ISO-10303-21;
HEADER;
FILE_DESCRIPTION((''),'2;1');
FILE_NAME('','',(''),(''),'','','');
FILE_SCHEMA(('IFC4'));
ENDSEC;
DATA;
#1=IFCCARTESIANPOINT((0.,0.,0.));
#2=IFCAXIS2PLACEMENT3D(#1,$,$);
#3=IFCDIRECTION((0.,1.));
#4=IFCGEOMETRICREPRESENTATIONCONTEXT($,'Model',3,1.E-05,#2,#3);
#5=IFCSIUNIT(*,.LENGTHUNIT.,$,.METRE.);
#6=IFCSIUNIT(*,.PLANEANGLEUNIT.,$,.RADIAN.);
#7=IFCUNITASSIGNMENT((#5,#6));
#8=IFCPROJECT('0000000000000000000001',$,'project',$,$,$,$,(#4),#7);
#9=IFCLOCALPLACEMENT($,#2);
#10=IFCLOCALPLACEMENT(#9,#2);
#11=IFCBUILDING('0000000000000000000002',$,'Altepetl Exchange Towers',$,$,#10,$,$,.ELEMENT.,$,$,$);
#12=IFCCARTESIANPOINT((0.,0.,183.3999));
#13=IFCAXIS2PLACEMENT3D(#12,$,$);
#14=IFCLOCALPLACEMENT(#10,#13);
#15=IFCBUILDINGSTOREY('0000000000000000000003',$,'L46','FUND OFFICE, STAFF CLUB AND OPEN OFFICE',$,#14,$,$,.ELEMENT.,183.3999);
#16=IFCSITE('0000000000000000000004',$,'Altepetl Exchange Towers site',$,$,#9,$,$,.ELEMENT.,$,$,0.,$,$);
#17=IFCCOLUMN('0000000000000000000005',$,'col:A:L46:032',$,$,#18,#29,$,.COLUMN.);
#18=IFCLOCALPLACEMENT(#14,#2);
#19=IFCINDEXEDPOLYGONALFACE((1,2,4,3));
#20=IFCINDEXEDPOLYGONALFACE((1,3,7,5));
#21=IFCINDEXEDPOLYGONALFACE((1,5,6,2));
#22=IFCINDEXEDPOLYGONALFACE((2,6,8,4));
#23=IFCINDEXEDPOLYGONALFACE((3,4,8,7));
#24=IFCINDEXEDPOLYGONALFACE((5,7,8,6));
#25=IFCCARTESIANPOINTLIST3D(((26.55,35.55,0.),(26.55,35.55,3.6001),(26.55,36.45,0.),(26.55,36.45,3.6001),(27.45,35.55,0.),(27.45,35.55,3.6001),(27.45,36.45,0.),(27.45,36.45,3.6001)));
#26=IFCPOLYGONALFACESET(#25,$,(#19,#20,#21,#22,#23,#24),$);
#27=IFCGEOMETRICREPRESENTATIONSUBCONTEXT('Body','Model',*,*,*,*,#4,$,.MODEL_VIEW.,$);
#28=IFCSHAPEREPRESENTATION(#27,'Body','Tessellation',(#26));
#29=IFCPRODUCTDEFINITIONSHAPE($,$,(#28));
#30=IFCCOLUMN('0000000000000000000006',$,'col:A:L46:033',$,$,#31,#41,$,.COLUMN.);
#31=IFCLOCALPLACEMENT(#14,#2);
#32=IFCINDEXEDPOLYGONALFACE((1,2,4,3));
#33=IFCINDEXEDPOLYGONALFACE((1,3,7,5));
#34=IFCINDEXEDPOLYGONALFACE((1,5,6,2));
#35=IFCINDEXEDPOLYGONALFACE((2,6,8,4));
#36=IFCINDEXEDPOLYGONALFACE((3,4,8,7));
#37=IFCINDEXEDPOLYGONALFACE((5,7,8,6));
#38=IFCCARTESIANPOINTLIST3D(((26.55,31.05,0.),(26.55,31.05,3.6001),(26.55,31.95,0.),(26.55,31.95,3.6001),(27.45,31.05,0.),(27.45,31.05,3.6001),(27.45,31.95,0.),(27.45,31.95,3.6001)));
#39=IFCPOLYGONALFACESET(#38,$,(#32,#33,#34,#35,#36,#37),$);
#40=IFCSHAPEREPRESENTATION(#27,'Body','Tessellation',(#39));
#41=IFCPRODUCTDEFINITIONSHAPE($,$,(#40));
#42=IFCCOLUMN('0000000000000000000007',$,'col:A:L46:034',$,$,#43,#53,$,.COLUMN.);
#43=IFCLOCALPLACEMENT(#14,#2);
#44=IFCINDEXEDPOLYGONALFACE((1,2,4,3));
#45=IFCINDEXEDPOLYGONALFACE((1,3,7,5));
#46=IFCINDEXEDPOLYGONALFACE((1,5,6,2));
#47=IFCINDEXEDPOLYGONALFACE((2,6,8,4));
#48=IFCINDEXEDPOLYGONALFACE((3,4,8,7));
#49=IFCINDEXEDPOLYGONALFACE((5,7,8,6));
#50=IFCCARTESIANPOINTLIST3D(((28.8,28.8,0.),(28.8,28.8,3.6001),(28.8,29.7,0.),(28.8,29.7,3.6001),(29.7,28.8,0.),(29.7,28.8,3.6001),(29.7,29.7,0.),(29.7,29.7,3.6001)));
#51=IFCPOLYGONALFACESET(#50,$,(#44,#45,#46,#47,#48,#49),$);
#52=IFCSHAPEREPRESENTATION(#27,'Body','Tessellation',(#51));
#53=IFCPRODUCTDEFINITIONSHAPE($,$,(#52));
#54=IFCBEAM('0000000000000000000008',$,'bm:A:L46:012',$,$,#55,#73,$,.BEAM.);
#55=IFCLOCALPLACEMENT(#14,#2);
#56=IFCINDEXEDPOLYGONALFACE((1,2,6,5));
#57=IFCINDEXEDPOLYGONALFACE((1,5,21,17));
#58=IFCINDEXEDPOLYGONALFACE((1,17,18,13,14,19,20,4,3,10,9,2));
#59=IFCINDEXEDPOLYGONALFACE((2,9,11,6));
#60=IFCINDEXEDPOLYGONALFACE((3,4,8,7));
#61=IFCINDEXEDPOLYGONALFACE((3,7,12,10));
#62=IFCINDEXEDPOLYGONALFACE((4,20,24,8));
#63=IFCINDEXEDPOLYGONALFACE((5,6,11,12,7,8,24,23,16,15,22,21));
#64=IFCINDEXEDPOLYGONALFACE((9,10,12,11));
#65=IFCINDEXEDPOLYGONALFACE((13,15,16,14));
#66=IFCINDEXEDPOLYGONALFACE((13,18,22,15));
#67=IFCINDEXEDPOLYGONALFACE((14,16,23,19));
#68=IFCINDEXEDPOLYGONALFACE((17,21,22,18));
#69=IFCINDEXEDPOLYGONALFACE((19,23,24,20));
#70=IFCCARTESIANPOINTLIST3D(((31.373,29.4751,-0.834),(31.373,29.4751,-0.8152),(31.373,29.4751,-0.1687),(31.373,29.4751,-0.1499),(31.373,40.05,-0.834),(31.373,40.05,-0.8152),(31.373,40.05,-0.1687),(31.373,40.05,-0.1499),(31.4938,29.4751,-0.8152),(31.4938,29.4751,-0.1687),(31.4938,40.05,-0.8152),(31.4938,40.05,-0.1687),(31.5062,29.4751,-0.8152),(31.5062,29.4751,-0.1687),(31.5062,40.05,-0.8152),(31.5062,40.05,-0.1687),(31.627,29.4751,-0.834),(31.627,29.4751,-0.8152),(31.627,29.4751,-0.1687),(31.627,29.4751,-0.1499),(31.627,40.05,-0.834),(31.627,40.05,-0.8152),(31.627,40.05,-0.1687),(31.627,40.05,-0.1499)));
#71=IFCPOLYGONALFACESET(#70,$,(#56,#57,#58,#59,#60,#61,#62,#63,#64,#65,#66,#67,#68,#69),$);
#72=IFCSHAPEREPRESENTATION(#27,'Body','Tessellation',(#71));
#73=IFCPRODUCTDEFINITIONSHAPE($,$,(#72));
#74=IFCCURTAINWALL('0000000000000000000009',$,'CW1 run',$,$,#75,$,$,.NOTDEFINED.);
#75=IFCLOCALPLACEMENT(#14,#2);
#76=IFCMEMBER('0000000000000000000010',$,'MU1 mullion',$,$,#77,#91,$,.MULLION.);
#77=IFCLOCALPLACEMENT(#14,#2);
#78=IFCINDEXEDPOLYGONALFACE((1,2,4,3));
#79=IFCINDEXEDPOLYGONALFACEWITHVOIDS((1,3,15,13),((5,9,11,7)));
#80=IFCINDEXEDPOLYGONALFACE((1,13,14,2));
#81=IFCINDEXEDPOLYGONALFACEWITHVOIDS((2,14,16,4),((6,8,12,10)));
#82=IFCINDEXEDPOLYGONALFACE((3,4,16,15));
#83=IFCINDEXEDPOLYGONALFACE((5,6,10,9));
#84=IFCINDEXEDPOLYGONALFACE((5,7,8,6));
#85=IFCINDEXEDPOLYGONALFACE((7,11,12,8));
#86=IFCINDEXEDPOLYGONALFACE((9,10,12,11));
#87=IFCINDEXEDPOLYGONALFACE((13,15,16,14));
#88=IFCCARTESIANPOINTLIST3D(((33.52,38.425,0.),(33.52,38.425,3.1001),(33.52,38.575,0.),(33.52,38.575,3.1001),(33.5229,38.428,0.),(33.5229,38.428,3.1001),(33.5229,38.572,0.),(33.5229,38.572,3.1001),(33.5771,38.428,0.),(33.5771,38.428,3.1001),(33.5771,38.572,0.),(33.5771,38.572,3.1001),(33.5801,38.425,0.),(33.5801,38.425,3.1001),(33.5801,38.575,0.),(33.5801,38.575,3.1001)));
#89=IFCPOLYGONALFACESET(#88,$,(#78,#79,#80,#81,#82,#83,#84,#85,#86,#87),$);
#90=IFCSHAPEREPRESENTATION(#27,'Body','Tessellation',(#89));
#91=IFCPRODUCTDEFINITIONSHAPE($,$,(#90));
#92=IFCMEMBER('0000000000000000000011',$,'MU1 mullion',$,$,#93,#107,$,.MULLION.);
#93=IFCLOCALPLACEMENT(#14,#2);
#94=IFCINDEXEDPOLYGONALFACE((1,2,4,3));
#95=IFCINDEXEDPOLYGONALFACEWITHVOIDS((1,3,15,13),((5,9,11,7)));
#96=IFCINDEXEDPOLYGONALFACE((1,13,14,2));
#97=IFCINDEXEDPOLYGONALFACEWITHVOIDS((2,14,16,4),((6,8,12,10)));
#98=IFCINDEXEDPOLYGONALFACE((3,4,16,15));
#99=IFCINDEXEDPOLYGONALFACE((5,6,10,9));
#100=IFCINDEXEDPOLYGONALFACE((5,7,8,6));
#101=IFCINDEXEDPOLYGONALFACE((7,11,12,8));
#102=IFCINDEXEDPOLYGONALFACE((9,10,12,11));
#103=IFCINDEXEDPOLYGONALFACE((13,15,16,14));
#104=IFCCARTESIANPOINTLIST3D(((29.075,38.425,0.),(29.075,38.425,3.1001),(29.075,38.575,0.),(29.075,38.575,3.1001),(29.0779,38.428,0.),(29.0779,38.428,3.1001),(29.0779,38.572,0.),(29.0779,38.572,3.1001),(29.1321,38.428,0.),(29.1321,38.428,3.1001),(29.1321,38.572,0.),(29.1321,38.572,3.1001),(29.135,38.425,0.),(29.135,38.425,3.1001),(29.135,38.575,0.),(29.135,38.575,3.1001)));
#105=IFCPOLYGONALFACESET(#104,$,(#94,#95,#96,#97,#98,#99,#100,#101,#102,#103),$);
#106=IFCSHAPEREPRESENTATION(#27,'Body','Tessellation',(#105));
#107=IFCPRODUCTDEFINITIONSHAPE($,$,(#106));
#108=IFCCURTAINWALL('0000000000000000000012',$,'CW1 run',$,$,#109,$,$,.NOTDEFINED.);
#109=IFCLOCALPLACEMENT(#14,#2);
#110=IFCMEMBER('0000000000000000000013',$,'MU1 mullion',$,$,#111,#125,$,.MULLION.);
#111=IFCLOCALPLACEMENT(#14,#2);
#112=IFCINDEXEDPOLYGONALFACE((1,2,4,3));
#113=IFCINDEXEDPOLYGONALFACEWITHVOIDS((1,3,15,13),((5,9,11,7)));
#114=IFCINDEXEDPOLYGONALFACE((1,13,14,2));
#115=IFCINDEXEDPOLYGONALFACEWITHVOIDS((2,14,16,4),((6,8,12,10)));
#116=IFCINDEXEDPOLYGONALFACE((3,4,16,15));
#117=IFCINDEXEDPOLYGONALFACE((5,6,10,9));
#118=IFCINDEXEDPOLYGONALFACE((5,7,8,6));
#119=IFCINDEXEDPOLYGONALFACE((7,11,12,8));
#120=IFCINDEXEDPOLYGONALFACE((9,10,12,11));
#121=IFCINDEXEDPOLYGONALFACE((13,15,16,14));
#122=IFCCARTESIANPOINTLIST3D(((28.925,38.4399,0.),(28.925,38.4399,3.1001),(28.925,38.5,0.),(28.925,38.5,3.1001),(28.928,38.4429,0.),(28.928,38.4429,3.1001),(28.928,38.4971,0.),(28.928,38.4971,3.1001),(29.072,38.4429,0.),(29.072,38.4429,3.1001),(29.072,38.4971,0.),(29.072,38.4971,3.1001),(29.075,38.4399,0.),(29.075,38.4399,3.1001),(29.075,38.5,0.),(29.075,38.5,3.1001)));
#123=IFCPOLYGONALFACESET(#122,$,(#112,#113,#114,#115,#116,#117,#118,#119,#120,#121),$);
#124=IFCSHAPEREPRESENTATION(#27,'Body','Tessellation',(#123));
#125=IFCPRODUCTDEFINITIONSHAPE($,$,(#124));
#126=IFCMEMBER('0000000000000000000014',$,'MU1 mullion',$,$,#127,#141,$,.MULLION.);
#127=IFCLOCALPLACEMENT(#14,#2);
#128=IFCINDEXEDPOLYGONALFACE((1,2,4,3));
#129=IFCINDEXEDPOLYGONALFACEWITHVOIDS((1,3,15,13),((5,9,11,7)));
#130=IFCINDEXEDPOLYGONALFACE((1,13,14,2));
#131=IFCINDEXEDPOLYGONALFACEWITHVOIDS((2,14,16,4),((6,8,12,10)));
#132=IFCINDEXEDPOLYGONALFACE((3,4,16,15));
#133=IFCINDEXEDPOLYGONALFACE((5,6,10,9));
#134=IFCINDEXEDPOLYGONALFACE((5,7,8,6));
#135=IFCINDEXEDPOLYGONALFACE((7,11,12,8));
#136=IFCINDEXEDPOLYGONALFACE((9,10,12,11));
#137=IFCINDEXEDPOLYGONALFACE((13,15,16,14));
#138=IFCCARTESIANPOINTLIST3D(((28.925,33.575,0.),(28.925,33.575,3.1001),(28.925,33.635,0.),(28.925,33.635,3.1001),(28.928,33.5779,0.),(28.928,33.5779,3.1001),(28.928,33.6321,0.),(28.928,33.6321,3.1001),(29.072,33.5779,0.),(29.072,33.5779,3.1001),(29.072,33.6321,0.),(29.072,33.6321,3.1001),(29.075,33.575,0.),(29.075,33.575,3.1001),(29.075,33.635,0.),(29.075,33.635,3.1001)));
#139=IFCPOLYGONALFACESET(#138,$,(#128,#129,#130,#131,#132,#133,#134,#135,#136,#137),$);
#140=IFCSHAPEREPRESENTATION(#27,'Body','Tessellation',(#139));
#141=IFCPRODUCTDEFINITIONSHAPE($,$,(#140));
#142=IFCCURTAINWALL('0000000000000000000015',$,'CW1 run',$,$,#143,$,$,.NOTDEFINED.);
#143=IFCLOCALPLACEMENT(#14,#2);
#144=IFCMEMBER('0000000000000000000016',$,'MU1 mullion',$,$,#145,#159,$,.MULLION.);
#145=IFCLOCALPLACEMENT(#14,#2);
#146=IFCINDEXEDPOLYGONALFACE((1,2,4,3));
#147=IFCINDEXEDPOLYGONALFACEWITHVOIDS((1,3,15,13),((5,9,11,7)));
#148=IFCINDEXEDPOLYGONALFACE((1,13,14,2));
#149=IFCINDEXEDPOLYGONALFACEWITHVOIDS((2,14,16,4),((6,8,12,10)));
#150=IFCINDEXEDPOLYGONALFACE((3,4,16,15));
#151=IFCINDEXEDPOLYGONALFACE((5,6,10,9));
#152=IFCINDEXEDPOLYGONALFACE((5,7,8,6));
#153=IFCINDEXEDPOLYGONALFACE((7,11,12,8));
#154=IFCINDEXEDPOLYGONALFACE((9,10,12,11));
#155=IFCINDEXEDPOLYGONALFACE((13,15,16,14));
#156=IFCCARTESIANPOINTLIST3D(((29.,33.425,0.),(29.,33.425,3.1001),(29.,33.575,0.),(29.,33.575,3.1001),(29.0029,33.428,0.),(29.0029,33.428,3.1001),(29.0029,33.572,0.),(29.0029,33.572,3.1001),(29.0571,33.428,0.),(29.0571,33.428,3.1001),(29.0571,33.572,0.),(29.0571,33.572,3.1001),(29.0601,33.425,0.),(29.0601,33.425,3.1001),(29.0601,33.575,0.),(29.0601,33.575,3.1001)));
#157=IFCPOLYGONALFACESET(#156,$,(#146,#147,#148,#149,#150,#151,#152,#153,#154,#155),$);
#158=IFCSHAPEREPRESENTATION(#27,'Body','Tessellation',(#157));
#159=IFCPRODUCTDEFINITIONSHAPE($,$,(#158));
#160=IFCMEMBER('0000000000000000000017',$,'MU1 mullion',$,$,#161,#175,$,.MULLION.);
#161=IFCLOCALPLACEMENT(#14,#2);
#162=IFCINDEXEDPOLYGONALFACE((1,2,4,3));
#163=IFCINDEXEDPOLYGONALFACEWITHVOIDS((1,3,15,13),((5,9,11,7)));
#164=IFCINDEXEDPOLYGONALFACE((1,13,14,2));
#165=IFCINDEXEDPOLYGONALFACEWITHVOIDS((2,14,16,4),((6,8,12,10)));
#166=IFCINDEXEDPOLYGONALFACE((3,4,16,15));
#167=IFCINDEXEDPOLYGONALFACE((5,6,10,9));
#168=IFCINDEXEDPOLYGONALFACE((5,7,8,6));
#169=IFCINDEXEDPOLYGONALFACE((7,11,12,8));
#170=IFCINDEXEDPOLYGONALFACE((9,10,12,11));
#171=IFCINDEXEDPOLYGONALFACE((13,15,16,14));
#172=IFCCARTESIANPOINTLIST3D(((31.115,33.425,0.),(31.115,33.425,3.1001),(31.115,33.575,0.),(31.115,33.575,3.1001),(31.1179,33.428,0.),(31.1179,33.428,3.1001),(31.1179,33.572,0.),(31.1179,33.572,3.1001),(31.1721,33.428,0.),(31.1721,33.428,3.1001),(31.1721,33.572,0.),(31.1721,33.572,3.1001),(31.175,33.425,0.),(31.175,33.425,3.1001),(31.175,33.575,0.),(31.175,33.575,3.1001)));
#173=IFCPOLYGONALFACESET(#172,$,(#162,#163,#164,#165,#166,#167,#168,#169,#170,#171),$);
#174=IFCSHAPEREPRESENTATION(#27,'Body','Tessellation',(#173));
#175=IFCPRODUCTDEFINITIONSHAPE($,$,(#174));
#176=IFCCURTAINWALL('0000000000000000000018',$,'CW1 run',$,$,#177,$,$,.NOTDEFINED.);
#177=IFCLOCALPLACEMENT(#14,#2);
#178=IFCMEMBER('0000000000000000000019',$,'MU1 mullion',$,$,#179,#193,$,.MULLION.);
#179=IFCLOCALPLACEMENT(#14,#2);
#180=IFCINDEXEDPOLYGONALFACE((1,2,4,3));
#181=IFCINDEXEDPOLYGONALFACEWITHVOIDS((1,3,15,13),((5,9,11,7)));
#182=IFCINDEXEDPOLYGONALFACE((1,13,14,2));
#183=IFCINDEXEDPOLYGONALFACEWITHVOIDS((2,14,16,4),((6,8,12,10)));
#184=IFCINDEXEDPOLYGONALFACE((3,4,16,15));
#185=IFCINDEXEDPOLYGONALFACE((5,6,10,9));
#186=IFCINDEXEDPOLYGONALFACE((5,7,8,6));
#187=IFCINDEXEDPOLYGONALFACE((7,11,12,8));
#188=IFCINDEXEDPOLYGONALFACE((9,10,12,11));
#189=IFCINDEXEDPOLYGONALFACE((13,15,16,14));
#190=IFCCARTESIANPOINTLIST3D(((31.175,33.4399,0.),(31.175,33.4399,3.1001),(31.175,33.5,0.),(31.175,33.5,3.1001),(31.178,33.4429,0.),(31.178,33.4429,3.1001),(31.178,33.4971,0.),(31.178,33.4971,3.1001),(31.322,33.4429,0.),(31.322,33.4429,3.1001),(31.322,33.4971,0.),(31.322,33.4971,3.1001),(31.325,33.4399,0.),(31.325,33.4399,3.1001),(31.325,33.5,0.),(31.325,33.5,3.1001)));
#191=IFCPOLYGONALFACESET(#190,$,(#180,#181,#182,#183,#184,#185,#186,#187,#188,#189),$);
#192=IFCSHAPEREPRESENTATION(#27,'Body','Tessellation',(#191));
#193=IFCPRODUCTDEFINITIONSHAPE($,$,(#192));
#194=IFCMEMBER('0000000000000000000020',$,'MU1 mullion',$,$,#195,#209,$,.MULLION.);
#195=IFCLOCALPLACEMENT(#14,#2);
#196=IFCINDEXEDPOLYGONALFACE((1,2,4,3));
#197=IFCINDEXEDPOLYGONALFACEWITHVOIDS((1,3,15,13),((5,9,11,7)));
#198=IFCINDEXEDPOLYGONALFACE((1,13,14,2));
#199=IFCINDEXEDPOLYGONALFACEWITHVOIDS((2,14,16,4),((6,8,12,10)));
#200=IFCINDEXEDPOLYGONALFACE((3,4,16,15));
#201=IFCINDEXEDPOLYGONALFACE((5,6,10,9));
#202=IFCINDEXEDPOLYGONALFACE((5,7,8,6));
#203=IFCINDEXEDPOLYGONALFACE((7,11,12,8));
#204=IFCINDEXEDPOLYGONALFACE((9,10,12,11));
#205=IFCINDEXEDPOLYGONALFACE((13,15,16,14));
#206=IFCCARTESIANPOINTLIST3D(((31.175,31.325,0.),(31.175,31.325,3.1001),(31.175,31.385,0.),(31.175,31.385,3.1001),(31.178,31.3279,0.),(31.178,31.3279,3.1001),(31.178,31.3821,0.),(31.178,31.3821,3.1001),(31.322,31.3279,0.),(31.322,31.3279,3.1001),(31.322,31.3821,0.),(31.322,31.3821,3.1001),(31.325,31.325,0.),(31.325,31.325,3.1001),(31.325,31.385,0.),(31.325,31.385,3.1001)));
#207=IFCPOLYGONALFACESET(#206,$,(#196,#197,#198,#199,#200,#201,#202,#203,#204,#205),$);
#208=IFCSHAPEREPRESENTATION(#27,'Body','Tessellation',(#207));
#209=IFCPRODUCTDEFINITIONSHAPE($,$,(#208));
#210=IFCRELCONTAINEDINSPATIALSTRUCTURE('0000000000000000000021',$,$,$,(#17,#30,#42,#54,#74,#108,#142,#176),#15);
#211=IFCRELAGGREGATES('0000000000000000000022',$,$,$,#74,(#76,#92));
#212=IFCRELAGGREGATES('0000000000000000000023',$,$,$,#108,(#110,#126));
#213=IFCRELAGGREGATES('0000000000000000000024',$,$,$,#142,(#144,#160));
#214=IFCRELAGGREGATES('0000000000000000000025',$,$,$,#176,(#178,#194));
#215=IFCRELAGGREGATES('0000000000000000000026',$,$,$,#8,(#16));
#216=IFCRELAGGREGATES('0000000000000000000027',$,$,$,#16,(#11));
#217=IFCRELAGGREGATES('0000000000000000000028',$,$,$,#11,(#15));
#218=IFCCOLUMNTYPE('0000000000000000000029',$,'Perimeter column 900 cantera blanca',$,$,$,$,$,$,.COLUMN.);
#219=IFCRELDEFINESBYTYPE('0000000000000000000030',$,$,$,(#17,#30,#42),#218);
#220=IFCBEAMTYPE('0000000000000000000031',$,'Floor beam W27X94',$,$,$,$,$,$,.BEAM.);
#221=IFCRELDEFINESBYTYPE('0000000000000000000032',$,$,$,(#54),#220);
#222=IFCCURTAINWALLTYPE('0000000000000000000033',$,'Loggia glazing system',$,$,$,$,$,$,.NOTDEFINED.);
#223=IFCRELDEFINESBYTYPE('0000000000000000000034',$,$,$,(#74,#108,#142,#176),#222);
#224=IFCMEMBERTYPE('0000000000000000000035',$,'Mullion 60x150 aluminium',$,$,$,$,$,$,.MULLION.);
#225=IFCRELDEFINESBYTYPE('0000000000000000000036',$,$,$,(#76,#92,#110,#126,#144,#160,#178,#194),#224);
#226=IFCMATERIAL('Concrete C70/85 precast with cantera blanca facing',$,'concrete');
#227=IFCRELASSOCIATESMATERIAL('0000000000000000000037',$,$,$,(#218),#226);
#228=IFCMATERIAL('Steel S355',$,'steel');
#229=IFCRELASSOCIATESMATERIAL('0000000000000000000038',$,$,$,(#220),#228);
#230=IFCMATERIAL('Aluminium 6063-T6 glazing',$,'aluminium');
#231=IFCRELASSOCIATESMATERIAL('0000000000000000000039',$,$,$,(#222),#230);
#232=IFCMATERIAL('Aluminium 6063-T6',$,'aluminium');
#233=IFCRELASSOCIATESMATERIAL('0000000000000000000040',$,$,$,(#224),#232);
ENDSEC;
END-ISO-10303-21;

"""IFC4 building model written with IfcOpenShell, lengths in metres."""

from ifc_helpers import new_model, si_unit, direction, frame, origin, origin_2d, place, context, subcontext, project, spatial, rectangle, hollow_rectangle, i_section, extrude, material, material_profile, profile_set, type_object, element, aggregate, save


model = new_model("IFC4")

# Units and contexts
model_context = context("Model", 3, precision=1e-05, world=origin(), true_north=direction((0.0, 1.0)))
body_context = subcontext(model_context, "Body", "Model", "MODEL_VIEW")
ifc_project = project(units=[si_unit("LENGTHUNIT", "METRE"), si_unit("PLANEANGLEUNIT", "RADIAN")], contexts=[model_context])

# Site, building, storey
site_placement = place(None, origin())
site = spatial("IfcSite", under=ifc_project, at=site_placement, Name="Altepetl Exchange Towers site", CompositionType="ELEMENT", RefElevation=0.0)
building_placement = place(site_placement, origin())
building = spatial("IfcBuilding", under=site, at=building_placement, Name="Altepetl Exchange Towers", CompositionType="ELEMENT")
storey_placement = place(building_placement, frame((0.0, 0.0, 183.3999)))
storey = spatial("IfcBuildingStorey", under=building, at=storey_placement, Name="L46", Description="FUND OFFICE, STAFF CLUB AND OPEN OFFICE", CompositionType="ELEMENT", Elevation=183.3999)

# Columns
ifc_material_1 = material(Name="Concrete C70/85 precast with cantera blanca facing", Category="concrete")
ifc_material_profile_1 = material_profile(ifc_material_1, rectangle(XDim=0.8999, YDim=0.8999, at=origin_2d()), Name="900 x 900")
ifc_profile_set_1 = profile_set([ifc_material_profile_1], Name="Concrete C70/85 precast with cantera blanca facing")
column_type = type_object("IfcColumnType", Name="Perimeter column 900 cantera blanca", PredefinedType="COLUMN", material=ifc_profile_set_1)
for number, where, name in (
    (1, (27.0, 36.0, 0.0), "col:A:L46:032"),
    (2, (27.0, 31.5, 0.0), "col:A:L46:033"),
    (3, (29.25, 29.25, 0.0), "col:A:L46:034"),
):
    element("IfcColumn", number, at=place(storey_placement, frame(where)), inside=storey, type_object=column_type, Name=name, PredefinedType="COLUMN", context=body_context, shape_type="SweptSolid", body=[
        extrude(rectangle(XDim=0.8999, YDim=0.8999, at=origin_2d()), origin(), (0.0, 0.0, 1.0), 3.6001),
    ])

# Beam
ifc_material_2 = material(Name="Steel S355", Category="steel")
ifc_material_profile_2 = material_profile(ifc_material_2, i_section(OverallWidth=0.2539, OverallDepth=0.6841, WebThickness=0.0125, FlangeThickness=0.0188, at=origin_2d()), Name="W27X94")
ifc_profile_set_2 = profile_set([ifc_material_profile_2], Name="Steel S355")
beam_type_1 = type_object("IfcBeamType", Name="Floor beam W27X94", PredefinedType="BEAM", material=ifc_profile_set_2)
beam_1_placement = place(storey_placement, frame((31.5, 29.4751, -0.4919), z_axis=(0.0, 1.0, 0.0), x_axis=(-1.0, 0.0, 0.0)))
element("IfcBeam", 4, at=beam_1_placement, inside=storey, type_object=beam_type_1, Name="bm:A:L46:012", PredefinedType="BEAM", context=body_context, shape_type="SweptSolid", body=[
    extrude(i_section(OverallWidth=0.2539, OverallDepth=0.6841, WebThickness=0.0125, FlangeThickness=0.0188, at=origin_2d()), origin(), (0.0, 0.0, 1.0), 10.575),
])

# Curtain walls, members
ifc_material_3 = material(Name="Aluminium 6063-T6 glazing", Category="aluminium")
curtain_wall_type = type_object("IfcCurtainWallType", Name="Loggia glazing system", PredefinedType="NOTDEFINED", material=ifc_material_3)
curtain_wall_1_placement = place(storey_placement, origin())
curtain_wall_1 = element("IfcCurtainWall", 5, at=curtain_wall_1_placement, inside=storey, type_object=curtain_wall_type, Name="CW1 run", PredefinedType="NOTDEFINED")
ifc_material_4 = material(Name="Aluminium 6063-T6", Category="aluminium")
ifc_material_profile_3 = material_profile(ifc_material_4, hollow_rectangle(XDim=0.0601, YDim=0.1499, WallThickness=0.0029, at=origin_2d()), Name="Mullion 60x150 aluminium")
ifc_profile_set_3 = profile_set([ifc_material_profile_3], Name="Aluminium 6063-T6")
member_type = type_object("IfcMemberType", Name="Mullion 60x150 aluminium", PredefinedType="MULLION", material=ifc_profile_set_3)
member_1_placement = place(storey_placement, frame((33.55, 38.5, 0.0), z_axis=(0.0, 0.0, 1.0), x_axis=(-1.0, 0.0, 0.0)))
member_1 = element("IfcMember", 6, at=member_1_placement, type_object=member_type, Name="MU1 mullion", PredefinedType="MULLION", context=body_context, shape_type="SweptSolid", body=[
    extrude(hollow_rectangle(XDim=0.0601, YDim=0.1499, WallThickness=0.0029, at=origin_2d()), origin(), (0.0, 0.0, 1.0), 3.1001),
])
member_2_placement = place(storey_placement, frame((29.105, 38.5, 0.0), z_axis=(0.0, 0.0, 1.0), x_axis=(-1.0, 0.0, 0.0)))
member_2 = element("IfcMember", 7, at=member_2_placement, type_object=member_type, Name="MU1 mullion", PredefinedType="MULLION", context=body_context, shape_type="SweptSolid", body=[
    extrude(hollow_rectangle(XDim=0.0601, YDim=0.1499, WallThickness=0.0029, at=origin_2d()), origin(), (0.0, 0.0, 1.0), 3.1001),
])
curtain_wall_2_placement = place(storey_placement, origin())
curtain_wall_2 = element("IfcCurtainWall", 8, at=curtain_wall_2_placement, inside=storey, type_object=curtain_wall_type, Name="CW1 run", PredefinedType="NOTDEFINED")
member_3_placement = place(storey_placement, frame((29.0, 38.47, 0.0), z_axis=(0.0, 0.0, 1.0), x_axis=(0.0, -1.0, 0.0)))
member_3 = element("IfcMember", 9, at=member_3_placement, type_object=member_type, Name="MU1 mullion", PredefinedType="MULLION", context=body_context, shape_type="SweptSolid", body=[
    extrude(hollow_rectangle(XDim=0.0601, YDim=0.1499, WallThickness=0.0029, at=origin_2d()), origin(), (0.0, 0.0, 1.0), 3.1001),
])
member_4_placement = place(storey_placement, frame((29.0, 33.605, 0.0), z_axis=(0.0, 0.0, 1.0), x_axis=(0.0, -1.0, 0.0)))
member_4 = element("IfcMember", 10, at=member_4_placement, type_object=member_type, Name="MU1 mullion", PredefinedType="MULLION", context=body_context, shape_type="SweptSolid", body=[
    extrude(hollow_rectangle(XDim=0.0601, YDim=0.1499, WallThickness=0.0029, at=origin_2d()), origin(), (0.0, 0.0, 1.0), 3.1001),
])
curtain_wall_3_placement = place(storey_placement, origin())
curtain_wall_3 = element("IfcCurtainWall", 11, at=curtain_wall_3_placement, inside=storey, type_object=curtain_wall_type, Name="CW1 run", PredefinedType="NOTDEFINED")
member_5_placement = place(storey_placement, frame((29.03, 33.5, 0.0)))
member_5 = element("IfcMember", 12, at=member_5_placement, type_object=member_type, Name="MU1 mullion", PredefinedType="MULLION", context=body_context, shape_type="SweptSolid", body=[
    extrude(hollow_rectangle(XDim=0.0601, YDim=0.1499, WallThickness=0.0029, at=origin_2d()), origin(), (0.0, 0.0, 1.0), 3.1001),
])
member_6_placement = place(storey_placement, frame((31.145, 33.5, 0.0)))
member_6 = element("IfcMember", 13, at=member_6_placement, type_object=member_type, Name="MU1 mullion", PredefinedType="MULLION", context=body_context, shape_type="SweptSolid", body=[
    extrude(hollow_rectangle(XDim=0.0601, YDim=0.1499, WallThickness=0.0029, at=origin_2d()), origin(), (0.0, 0.0, 1.0), 3.1001),
])
curtain_wall_4_placement = place(storey_placement, origin())
curtain_wall_4 = element("IfcCurtainWall", 14, at=curtain_wall_4_placement, inside=storey, type_object=curtain_wall_type, Name="CW1 run", PredefinedType="NOTDEFINED")
member_7_placement = place(storey_placement, frame((31.25, 33.47, 0.0), z_axis=(0.0, 0.0, 1.0), x_axis=(0.0, -1.0, 0.0)))
member_7 = element("IfcMember", 15, at=member_7_placement, type_object=member_type, Name="MU1 mullion", PredefinedType="MULLION", context=body_context, shape_type="SweptSolid", body=[
    extrude(hollow_rectangle(XDim=0.0601, YDim=0.1499, WallThickness=0.0029, at=origin_2d()), origin(), (0.0, 0.0, 1.0), 3.1001),
])
member_8_placement = place(storey_placement, frame((31.25, 31.355, 0.0), z_axis=(0.0, 0.0, 1.0), x_axis=(0.0, -1.0, 0.0)))
member_8 = element("IfcMember", 16, at=member_8_placement, type_object=member_type, Name="MU1 mullion", PredefinedType="MULLION", context=body_context, shape_type="SweptSolid", body=[
    extrude(hollow_rectangle(XDim=0.0601, YDim=0.1499, WallThickness=0.0029, at=origin_2d()), origin(), (0.0, 0.0, 1.0), 3.1001),
])

aggregate(curtain_wall_1, [member_1, member_2])
aggregate(curtain_wall_2, [member_3, member_4])
aggregate(curtain_wall_3, [member_5, member_6])
aggregate(curtain_wall_4, [member_7, member_8])

save(model, "model.ifc")
